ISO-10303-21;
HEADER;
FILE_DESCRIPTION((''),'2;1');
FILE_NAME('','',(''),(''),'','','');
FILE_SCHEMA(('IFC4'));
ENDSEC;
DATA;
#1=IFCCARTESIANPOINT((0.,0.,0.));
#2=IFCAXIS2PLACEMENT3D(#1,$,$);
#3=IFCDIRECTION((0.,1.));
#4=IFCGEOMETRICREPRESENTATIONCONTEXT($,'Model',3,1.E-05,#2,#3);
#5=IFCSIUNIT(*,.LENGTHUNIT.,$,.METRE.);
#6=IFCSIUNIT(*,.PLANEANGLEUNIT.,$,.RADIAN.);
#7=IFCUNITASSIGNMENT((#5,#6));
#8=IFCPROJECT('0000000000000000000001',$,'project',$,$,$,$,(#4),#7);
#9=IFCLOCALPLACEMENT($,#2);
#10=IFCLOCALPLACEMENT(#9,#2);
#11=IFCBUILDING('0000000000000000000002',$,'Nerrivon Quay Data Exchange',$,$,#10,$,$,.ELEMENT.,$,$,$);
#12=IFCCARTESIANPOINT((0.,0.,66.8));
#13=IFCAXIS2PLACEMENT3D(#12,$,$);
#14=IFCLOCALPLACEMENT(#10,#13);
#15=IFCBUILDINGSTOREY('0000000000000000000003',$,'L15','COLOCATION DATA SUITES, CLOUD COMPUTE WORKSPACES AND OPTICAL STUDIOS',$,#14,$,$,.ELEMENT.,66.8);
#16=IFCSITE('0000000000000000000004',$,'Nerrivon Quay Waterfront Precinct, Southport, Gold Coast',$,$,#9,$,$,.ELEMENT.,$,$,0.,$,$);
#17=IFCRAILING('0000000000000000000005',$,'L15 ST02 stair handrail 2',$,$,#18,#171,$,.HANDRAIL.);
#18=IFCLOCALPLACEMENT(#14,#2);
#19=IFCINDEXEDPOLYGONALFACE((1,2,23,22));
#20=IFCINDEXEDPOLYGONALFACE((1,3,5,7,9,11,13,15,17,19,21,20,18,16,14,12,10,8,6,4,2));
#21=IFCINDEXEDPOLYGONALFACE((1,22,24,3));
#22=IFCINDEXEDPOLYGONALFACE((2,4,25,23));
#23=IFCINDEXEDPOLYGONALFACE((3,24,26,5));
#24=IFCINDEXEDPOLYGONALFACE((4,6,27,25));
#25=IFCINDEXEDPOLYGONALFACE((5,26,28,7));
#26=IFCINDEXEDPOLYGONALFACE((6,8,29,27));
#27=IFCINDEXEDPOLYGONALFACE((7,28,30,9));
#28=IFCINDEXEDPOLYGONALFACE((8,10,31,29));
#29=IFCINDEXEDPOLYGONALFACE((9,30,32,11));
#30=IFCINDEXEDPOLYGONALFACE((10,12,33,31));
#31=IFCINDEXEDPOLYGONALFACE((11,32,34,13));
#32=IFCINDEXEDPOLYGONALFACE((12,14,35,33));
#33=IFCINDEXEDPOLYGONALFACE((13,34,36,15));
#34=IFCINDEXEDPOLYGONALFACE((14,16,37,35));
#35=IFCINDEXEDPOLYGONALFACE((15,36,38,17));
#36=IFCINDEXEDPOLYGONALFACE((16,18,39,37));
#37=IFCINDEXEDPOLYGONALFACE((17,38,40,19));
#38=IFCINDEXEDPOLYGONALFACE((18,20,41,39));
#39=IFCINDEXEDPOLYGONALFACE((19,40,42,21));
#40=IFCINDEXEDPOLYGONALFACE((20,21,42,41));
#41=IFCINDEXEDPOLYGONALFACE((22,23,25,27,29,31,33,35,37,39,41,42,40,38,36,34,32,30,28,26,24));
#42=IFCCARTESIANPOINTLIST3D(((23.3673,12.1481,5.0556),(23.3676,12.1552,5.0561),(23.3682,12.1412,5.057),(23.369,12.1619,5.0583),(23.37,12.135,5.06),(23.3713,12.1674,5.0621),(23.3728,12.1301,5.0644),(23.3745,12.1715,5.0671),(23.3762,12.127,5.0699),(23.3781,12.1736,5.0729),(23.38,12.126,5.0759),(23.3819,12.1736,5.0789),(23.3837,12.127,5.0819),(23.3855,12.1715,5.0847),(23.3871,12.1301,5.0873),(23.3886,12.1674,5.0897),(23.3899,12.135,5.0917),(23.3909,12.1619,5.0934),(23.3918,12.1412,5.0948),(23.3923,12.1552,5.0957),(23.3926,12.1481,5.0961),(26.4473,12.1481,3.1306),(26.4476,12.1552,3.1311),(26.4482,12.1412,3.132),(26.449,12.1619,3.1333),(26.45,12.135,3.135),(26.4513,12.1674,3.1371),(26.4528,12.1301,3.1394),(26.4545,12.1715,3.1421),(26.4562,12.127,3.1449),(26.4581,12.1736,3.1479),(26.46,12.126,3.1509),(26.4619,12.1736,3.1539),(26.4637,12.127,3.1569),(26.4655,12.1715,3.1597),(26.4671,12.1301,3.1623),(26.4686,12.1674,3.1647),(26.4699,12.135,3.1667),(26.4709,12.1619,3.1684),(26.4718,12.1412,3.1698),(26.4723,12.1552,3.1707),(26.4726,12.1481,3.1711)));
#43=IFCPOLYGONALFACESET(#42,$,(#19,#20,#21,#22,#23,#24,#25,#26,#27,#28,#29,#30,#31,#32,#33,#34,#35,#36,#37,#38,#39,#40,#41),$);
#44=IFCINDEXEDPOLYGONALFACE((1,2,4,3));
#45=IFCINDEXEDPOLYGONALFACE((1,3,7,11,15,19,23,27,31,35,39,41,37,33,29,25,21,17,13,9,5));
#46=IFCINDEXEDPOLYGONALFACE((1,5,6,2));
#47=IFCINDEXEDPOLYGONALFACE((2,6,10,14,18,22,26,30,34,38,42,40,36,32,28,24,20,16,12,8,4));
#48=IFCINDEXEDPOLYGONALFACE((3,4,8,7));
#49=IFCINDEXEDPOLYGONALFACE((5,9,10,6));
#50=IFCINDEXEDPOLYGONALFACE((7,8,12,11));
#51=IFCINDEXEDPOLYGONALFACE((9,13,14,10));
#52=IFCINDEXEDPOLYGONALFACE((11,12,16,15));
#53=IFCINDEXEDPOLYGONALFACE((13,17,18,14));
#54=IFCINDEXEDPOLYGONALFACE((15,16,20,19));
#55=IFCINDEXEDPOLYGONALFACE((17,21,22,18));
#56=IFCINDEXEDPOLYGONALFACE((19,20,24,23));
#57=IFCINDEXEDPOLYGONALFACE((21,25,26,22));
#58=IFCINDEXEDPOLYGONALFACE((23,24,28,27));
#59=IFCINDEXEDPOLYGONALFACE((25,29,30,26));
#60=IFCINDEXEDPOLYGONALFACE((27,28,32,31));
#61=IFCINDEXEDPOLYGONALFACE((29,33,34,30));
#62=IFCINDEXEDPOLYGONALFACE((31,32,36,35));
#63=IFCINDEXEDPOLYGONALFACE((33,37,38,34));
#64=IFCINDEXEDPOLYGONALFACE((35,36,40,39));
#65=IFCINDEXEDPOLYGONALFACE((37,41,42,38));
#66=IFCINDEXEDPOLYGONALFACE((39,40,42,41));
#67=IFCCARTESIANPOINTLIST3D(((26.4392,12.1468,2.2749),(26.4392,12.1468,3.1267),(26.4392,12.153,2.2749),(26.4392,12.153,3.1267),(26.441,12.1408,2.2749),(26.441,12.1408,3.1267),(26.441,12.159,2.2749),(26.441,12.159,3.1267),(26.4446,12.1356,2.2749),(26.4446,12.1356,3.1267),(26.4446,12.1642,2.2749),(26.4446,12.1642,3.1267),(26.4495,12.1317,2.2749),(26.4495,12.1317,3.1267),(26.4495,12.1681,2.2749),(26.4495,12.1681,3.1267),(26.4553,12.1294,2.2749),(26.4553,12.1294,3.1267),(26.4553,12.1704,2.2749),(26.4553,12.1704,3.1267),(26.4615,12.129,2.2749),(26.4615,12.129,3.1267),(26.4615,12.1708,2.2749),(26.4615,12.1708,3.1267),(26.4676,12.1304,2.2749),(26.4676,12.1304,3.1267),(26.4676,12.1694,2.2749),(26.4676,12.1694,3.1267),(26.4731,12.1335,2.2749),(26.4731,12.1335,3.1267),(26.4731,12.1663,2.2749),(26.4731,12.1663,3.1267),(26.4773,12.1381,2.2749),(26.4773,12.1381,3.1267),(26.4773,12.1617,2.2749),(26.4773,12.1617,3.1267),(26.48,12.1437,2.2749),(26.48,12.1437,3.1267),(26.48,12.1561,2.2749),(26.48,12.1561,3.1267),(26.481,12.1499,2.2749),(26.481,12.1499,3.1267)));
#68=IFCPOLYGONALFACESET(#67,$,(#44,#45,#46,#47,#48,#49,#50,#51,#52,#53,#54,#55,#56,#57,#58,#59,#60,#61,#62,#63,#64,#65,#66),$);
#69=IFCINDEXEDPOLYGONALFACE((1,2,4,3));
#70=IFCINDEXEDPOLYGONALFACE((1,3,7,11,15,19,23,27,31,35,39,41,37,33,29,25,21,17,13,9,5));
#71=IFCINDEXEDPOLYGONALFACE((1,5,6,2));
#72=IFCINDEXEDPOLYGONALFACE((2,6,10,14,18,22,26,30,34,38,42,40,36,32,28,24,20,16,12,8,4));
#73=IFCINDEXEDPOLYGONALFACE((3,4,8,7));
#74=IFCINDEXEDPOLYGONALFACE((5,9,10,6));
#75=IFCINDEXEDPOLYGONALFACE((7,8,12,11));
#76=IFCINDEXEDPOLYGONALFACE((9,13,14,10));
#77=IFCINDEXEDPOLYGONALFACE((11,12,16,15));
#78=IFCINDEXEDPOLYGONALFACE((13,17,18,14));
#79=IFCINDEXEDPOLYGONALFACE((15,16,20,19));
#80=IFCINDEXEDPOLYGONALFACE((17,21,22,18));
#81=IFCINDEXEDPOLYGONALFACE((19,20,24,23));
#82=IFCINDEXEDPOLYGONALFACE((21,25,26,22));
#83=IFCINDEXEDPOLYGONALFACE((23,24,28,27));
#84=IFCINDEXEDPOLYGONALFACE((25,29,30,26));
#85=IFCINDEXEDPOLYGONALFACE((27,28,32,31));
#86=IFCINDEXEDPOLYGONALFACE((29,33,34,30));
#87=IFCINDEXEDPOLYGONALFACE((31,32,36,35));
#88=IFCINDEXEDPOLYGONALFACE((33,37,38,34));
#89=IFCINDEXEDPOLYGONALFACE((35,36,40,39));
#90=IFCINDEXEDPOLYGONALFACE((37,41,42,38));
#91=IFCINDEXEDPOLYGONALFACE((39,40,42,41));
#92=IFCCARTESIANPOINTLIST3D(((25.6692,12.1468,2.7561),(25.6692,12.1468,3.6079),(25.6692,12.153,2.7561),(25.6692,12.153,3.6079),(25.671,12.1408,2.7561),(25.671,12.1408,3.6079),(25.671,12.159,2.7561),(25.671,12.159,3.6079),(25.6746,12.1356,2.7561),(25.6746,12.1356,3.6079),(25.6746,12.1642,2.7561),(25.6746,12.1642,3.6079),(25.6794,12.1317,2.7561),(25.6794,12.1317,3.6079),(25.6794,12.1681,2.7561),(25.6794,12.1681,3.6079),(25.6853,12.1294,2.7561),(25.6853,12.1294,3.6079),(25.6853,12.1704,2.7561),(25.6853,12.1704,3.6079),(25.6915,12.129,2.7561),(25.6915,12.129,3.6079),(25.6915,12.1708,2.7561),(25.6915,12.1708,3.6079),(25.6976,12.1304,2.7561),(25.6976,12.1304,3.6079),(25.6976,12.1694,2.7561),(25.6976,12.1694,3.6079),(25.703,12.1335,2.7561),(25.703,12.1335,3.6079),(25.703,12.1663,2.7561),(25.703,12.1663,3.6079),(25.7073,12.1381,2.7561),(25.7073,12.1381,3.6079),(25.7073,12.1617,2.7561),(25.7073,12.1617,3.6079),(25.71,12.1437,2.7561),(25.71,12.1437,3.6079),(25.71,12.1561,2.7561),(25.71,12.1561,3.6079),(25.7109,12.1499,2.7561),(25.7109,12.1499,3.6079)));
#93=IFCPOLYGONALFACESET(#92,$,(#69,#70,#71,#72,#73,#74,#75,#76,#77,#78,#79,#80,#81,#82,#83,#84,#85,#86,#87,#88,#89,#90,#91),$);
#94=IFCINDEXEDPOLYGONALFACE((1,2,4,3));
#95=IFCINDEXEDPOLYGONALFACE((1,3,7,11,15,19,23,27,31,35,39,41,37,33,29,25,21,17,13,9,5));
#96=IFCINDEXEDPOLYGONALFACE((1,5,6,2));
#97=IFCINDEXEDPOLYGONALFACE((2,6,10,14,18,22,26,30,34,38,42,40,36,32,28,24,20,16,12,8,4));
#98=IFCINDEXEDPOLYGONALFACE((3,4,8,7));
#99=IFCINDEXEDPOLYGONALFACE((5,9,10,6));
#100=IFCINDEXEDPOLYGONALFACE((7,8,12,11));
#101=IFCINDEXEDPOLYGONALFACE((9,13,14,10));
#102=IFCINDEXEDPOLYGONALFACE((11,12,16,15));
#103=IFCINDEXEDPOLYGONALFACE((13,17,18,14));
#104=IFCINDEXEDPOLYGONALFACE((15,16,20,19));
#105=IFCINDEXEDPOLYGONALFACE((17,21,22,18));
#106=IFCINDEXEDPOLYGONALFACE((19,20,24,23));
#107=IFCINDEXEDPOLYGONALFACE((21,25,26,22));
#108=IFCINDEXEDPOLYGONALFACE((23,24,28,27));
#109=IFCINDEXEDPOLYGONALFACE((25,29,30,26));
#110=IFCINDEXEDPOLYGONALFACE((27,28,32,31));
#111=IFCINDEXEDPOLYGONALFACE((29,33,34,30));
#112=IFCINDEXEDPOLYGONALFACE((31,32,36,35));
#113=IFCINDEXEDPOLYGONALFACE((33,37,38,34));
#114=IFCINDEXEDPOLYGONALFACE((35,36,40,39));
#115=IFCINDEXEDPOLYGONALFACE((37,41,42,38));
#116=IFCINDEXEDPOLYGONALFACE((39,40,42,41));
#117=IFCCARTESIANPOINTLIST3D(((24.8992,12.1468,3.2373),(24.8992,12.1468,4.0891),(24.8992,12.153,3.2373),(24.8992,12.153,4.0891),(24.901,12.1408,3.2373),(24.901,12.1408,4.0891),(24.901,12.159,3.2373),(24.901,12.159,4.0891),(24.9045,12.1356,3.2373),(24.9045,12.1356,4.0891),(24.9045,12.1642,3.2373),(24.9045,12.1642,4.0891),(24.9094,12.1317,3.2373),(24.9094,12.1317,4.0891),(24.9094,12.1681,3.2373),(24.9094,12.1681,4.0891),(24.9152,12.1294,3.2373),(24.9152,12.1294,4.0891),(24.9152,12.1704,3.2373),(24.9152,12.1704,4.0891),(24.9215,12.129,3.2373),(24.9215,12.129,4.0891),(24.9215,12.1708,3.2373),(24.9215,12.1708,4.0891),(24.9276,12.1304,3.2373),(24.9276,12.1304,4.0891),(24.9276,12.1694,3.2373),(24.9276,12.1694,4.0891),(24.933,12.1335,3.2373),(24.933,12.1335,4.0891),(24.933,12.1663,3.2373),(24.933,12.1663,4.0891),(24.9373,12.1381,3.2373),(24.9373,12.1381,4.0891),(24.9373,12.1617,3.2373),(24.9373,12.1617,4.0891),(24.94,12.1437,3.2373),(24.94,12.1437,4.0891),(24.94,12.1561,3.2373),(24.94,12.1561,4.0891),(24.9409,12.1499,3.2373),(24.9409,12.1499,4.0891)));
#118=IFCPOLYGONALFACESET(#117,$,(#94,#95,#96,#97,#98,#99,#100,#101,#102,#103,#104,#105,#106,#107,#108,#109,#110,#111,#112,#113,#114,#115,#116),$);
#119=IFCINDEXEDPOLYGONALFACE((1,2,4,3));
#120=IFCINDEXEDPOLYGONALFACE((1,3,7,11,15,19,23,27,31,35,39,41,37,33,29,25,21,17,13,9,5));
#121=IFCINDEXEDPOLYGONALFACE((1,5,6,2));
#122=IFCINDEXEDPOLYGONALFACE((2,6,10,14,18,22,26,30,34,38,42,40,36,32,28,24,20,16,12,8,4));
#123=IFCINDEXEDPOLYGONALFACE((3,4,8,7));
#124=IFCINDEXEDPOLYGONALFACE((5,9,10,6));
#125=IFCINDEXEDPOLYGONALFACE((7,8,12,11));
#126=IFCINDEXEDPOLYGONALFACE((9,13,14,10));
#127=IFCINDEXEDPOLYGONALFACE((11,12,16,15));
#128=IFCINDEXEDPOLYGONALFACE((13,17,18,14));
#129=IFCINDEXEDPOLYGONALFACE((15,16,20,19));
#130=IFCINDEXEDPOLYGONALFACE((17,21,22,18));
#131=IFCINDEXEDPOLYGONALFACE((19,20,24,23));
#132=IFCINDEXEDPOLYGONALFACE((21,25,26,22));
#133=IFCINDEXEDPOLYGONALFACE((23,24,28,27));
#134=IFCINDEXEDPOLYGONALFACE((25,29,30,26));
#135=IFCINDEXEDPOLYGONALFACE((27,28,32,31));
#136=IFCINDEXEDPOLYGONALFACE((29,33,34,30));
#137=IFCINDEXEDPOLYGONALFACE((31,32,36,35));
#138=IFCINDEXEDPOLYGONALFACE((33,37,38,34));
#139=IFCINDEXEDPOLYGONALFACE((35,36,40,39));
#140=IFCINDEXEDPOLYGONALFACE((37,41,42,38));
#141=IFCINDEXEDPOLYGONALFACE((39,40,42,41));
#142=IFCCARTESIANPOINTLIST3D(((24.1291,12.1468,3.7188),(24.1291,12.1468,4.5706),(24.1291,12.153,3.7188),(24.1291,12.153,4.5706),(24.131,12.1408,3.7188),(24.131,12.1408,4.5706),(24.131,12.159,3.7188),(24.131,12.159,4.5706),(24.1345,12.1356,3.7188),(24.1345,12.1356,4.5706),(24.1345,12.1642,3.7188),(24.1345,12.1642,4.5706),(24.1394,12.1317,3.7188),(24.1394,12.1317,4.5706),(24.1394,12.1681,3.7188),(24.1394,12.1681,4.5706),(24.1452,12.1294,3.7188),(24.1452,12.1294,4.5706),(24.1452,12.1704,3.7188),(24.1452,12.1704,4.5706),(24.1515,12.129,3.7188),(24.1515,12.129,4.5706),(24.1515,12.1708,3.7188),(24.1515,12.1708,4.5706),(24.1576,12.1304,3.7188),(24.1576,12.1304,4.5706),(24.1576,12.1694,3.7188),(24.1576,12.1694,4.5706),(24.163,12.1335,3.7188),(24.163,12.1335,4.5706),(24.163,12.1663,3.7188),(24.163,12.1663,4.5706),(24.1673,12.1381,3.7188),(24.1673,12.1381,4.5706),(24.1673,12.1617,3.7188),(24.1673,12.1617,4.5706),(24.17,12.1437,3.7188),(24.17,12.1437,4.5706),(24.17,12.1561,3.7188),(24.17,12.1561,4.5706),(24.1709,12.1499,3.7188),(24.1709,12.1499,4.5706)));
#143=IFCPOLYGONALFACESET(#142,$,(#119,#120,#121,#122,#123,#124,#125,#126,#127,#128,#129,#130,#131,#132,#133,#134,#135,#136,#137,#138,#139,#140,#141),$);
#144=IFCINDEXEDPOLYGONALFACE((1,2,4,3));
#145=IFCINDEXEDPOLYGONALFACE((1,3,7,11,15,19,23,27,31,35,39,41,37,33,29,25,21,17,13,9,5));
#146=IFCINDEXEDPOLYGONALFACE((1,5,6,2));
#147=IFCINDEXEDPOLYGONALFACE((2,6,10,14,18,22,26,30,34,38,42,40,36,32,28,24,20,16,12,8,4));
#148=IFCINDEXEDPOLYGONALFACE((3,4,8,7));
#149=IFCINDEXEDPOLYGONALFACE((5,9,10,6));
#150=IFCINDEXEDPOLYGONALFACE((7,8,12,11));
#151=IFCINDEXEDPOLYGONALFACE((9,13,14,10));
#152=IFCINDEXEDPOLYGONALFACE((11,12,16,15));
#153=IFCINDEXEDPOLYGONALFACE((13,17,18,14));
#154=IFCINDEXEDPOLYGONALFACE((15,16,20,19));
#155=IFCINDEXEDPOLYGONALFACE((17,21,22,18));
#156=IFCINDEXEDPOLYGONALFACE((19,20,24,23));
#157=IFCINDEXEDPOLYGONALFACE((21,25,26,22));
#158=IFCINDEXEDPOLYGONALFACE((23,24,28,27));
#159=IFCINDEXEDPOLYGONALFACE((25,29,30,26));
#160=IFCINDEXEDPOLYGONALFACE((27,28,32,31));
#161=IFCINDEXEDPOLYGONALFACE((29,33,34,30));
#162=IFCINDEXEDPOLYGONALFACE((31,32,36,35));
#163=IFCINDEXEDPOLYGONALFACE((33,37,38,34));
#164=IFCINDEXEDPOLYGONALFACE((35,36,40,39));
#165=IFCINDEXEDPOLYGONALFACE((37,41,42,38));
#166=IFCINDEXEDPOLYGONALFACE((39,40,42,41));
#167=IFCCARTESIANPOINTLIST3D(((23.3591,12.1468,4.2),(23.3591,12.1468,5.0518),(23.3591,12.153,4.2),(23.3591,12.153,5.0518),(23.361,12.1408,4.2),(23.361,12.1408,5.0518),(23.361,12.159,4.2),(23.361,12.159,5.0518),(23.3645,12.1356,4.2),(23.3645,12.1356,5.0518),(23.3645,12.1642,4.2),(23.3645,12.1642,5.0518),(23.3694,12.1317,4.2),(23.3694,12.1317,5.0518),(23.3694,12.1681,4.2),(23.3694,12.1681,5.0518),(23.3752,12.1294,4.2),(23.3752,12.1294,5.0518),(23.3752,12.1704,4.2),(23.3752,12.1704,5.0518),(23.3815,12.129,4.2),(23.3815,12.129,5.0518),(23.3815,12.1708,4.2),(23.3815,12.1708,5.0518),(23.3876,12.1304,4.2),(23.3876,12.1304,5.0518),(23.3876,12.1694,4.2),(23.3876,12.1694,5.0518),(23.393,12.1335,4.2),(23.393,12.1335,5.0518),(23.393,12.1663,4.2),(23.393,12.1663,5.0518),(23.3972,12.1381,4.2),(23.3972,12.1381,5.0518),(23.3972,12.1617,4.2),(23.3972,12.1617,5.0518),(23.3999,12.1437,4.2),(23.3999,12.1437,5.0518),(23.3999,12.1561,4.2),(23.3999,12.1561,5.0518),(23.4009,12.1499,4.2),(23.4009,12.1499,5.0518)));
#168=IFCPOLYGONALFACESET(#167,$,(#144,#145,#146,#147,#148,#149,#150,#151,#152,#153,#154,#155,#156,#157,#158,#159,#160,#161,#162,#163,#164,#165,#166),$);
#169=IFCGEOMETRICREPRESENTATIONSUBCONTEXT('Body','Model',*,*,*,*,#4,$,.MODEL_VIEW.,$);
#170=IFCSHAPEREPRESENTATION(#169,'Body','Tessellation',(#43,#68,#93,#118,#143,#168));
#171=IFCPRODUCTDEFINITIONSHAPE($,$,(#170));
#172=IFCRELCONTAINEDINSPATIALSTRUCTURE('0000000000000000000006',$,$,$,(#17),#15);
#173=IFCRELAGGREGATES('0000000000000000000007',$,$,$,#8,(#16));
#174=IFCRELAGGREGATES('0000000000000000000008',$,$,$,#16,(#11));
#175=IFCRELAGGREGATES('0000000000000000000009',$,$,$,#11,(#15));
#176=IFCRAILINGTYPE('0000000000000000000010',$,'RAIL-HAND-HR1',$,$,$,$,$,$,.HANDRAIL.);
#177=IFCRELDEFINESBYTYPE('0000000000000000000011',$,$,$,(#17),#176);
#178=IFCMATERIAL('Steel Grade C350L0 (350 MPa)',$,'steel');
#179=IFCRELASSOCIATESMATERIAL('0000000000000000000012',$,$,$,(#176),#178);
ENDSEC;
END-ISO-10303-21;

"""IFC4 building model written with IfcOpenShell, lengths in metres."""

from ifc_helpers import new_model, si_unit, direction, frame, origin, origin_2d, place, context, subcontext, project, spatial, circle, extrude, material, type_object, element, save


model = new_model("IFC4")

# Units and contexts
model_context = context("Model", 3, precision=1e-05, world=origin(), true_north=direction((0.0, 1.0)))
body_context = subcontext(model_context, "Body", "Model", "MODEL_VIEW")
ifc_project = project(units=[si_unit("LENGTHUNIT", "METRE"), si_unit("PLANEANGLEUNIT", "RADIAN")], contexts=[model_context])

# Site, building, storey
site_placement = place(None, origin())
site = spatial("IfcSite", under=ifc_project, at=site_placement, Name="Nerrivon Quay Waterfront Precinct, Southport, Gold Coast", CompositionType="ELEMENT", RefElevation=0.0)
building_placement = place(site_placement, origin())
building = spatial("IfcBuilding", under=site, at=building_placement, Name="Nerrivon Quay Data Exchange", CompositionType="ELEMENT")
storey_placement = place(building_placement, frame((0.0, 0.0, 66.8)))
storey = spatial("IfcBuildingStorey", under=building, at=storey_placement, Name="L15", Description="COLOCATION DATA SUITES, CLOUD COMPUTE WORKSPACES AND OPTICAL STUDIOS", CompositionType="ELEMENT", Elevation=66.8)

# Railing
ifc_material_1 = material(Name="Steel Grade C350L0 (350 MPa)", Category="steel")
railing_type_1 = type_object("IfcRailingType", Name="RAIL-HAND-HR1", PredefinedType="HANDRAIL", material=ifc_material_1)
railing_1_placement = place(storey_placement, frame((26.46, 12.1499, 2.2749)))
element("IfcRailing", 1, at=railing_1_placement, inside=storey, type_object=railing_type_1, Name="L15 ST02 stair handrail 2", PredefinedType="HANDRAIL", context=body_context, shape_type="SweptSolid", body=[
    extrude(circle(Radius=0.0239, at=origin_2d()), frame((0.0, 0.0, 0.876), z_axis=(-0.847998, 0.0, 0.529999), x_axis=(0.0, -1.0, 0.0)), (0.0, 0.0, 1.0), 3.6321),
    extrude(circle(Radius=0.021, at=origin_2d()), origin(), (0.0, 0.0, 1.0), 0.8518),
    extrude(circle(Radius=0.021, at=origin_2d()), frame((-0.77, 0.0, 0.4812)), (0.0, 0.0, 1.0), 0.8518),
    extrude(circle(Radius=0.021, at=origin_2d()), frame((-1.54, 0.0, 0.9624)), (0.0, 0.0, 1.0), 0.8518),
    extrude(circle(Radius=0.021, at=origin_2d()), frame((-2.3101, 0.0, 1.4438)), (0.0, 0.0, 1.0), 0.8518),
    extrude(circle(Radius=0.021, at=origin_2d()), frame((-3.0801, 0.0, 1.925)), (0.0, 0.0, 1.0), 0.8518),
])

save(model, "model.ifc")
